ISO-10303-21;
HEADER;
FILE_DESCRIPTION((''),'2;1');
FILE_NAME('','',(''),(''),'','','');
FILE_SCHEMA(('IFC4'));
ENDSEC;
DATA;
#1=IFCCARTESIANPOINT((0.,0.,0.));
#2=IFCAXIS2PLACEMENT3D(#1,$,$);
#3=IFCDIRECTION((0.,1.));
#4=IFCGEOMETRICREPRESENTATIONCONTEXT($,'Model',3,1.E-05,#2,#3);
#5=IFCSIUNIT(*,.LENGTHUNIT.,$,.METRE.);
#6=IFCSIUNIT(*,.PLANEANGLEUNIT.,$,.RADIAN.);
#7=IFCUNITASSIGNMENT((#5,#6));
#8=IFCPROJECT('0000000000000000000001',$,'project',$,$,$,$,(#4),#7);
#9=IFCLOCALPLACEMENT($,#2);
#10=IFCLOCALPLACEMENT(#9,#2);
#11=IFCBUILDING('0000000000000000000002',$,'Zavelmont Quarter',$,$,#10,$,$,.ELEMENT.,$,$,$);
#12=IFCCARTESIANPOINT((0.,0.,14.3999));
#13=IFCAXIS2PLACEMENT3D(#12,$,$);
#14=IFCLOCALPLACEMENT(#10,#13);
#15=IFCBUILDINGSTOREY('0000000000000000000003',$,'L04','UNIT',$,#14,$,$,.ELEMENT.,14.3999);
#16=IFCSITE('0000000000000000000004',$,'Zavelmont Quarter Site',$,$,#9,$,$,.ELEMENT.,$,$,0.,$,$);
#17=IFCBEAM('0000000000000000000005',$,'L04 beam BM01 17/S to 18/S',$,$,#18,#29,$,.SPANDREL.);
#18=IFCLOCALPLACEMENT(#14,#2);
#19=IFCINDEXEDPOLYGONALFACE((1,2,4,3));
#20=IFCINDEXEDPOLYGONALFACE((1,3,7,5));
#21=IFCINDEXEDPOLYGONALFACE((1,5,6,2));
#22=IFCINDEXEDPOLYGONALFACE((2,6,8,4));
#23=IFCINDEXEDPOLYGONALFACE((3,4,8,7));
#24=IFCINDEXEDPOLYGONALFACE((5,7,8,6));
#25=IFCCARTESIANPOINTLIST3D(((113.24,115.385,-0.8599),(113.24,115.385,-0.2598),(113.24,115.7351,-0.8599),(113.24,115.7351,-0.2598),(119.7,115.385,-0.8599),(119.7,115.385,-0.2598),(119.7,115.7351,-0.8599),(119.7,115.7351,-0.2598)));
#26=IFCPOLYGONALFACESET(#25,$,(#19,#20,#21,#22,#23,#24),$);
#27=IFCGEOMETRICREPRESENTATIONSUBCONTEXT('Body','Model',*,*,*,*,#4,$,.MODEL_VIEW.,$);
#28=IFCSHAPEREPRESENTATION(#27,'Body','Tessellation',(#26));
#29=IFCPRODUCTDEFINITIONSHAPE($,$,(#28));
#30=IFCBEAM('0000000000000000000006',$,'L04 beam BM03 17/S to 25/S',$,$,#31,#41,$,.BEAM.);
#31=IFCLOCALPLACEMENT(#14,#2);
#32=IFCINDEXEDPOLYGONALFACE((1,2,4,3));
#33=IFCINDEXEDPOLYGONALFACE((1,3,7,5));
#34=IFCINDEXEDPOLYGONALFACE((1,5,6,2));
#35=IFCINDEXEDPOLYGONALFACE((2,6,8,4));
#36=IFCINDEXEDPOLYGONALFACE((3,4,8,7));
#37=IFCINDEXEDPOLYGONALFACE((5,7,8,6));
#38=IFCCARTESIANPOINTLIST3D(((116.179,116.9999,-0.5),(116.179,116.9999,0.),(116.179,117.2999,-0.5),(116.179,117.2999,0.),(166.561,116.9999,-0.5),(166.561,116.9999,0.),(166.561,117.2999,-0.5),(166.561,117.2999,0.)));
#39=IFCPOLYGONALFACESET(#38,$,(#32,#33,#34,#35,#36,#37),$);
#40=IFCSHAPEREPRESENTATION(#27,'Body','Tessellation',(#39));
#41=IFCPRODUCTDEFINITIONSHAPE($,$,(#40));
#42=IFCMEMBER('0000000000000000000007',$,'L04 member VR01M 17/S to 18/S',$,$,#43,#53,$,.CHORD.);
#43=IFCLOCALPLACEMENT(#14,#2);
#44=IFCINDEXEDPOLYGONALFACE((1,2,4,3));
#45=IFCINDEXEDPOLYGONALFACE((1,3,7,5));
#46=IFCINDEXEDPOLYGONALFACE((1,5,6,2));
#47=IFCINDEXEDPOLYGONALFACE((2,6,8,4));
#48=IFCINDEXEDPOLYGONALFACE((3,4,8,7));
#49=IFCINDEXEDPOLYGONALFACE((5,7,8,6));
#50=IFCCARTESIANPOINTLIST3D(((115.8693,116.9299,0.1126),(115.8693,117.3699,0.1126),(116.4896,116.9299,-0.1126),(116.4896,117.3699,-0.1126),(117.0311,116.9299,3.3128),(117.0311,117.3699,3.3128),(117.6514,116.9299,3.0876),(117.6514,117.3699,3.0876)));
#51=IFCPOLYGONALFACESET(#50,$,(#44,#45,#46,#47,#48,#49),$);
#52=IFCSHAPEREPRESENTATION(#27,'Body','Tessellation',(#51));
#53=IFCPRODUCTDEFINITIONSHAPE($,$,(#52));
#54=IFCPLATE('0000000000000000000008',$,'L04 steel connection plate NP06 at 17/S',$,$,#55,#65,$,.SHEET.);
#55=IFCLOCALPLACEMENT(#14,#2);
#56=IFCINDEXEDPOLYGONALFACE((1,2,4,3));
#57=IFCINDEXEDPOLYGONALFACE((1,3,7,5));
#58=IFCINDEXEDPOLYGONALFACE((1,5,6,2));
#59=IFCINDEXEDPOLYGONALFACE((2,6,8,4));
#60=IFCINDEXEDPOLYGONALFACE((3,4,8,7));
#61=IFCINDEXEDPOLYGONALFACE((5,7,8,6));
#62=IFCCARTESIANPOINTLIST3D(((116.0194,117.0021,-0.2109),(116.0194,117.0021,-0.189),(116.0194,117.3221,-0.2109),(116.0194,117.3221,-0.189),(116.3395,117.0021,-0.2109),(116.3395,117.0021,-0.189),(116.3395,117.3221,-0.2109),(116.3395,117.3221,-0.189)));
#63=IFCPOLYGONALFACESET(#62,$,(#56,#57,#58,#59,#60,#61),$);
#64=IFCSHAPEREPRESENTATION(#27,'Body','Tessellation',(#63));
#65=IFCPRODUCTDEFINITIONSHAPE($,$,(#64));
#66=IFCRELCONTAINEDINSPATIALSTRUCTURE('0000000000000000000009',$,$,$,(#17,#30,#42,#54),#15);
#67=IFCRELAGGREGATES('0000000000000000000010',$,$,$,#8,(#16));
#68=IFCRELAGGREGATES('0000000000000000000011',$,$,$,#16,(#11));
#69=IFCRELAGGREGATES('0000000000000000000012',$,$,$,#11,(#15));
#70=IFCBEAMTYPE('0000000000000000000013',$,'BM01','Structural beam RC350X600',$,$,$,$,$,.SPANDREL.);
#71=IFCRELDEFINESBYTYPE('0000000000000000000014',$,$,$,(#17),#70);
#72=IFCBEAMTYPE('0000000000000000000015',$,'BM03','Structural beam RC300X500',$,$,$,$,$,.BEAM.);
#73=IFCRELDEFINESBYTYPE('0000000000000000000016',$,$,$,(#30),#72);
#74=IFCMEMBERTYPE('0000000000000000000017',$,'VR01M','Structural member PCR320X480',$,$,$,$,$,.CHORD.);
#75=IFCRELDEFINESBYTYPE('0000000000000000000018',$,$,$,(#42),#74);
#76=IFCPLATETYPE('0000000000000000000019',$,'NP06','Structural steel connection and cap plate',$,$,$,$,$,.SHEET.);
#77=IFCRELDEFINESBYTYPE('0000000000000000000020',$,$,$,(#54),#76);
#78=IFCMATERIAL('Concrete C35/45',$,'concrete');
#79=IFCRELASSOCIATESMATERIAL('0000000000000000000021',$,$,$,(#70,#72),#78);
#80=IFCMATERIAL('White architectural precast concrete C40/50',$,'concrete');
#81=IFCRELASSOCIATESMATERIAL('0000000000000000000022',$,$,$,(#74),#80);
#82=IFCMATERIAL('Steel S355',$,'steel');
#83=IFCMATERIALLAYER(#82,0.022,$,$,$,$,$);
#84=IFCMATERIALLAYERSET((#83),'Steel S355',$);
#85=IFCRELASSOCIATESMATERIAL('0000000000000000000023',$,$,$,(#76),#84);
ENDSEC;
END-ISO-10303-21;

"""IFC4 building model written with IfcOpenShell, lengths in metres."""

from ifc_helpers import new_model, si_unit, direction, frame, origin, origin_2d, place, context, subcontext, project, spatial, rectangle, extrude, material, layer, layer_set, material_profile, profile_set, type_object, element, save


model = new_model("IFC4")

# Units and contexts
model_context = context("Model", 3, precision=1e-05, world=origin(), true_north=direction((0.0, 1.0)))
body_context = subcontext(model_context, "Body", "Model", "MODEL_VIEW")
ifc_project = project(units=[si_unit("LENGTHUNIT", "METRE"), si_unit("PLANEANGLEUNIT", "RADIAN")], contexts=[model_context])

# Site, building, storey
site_placement = place(None, origin())
site = spatial("IfcSite", under=ifc_project, at=site_placement, Name="Zavelmont Quarter Site", CompositionType="ELEMENT", RefElevation=0.0)
building_placement = place(site_placement, origin())
building = spatial("IfcBuilding", under=site, at=building_placement, Name="Zavelmont Quarter", CompositionType="ELEMENT")
storey_placement = place(building_placement, frame((0.0, 0.0, 14.3999)))
storey = spatial("IfcBuildingStorey", under=building, at=storey_placement, Name="L04", Description="UNIT", CompositionType="ELEMENT", Elevation=14.3999)

# Beams
ifc_material_1 = material(Name="Concrete C35/45", Category="concrete")
ifc_material_profile_1 = material_profile(ifc_material_1, rectangle(XDim=0.3501, YDim=0.6001, at=origin_2d()), Name="RC350X600")
ifc_profile_set_1 = profile_set([ifc_material_profile_1], Name="Concrete C35/45")
beam_type_1 = type_object("IfcBeamType", Name="BM01", Description="Structural beam RC350X600", PredefinedType="SPANDREL", material=ifc_profile_set_1)
beam_1_placement = place(storey_placement, frame((113.24, 115.5601, -0.5598), z_axis=(1.0, 0.0, 0.0), x_axis=(0.0, 1.0, 0.0)))
element("IfcBeam", 1, at=beam_1_placement, inside=storey, type_object=beam_type_1, Name="L04 beam BM01 17/S to 18/S", PredefinedType="SPANDREL", context=body_context, shape_type="SweptSolid", body=[
    extrude(rectangle(XDim=0.3501, YDim=0.6001, at=origin_2d()), origin(), (0.0, 0.0, 1.0), 6.46),
])
ifc_material_profile_2 = material_profile(ifc_material_1, rectangle(XDim=0.3, YDim=0.5, at=origin_2d()), Name="RC300X500")
ifc_profile_set_2 = profile_set([ifc_material_profile_2], Name="Concrete C35/45")
beam_type_2 = type_object("IfcBeamType", Name="BM03", Description="Structural beam RC300X500", PredefinedType="BEAM", material=ifc_profile_set_2)
beam_2_placement = place(storey_placement, frame((116.179, 117.1499, -0.25), z_axis=(1.0, 0.0, 0.0), x_axis=(0.0, 1.0, 0.0)))
element("IfcBeam", 2, at=beam_2_placement, inside=storey, type_object=beam_type_2, Name="L04 beam BM03 17/S to 25/S", PredefinedType="BEAM", context=body_context, shape_type="SweptSolid", body=[
    extrude(rectangle(XDim=0.3, YDim=0.5, at=origin_2d()), origin(), (0.0, 0.0, 1.0), 50.3821),
])

# Member
ifc_material_2 = material(Name="White architectural precast concrete C40/50", Category="concrete")
ifc_material_profile_3 = material_profile(ifc_material_2, rectangle(XDim=0.4399, YDim=0.6599, at=origin_2d()), Name="PCR320X480")
ifc_profile_set_3 = profile_set([ifc_material_profile_3], Name="White architectural precast concrete C40/50")
member_type = type_object("IfcMemberType", Name="VR01M", Description="Structural member PCR320X480", PredefinedType="CHORD", material=ifc_profile_set_3)
member_placement = place(storey_placement, frame((116.1794, 117.1499, 0.0), z_axis=(0.341265, 0.0, 0.939967), x_axis=(0.0, 1.0, 0.0)))
element("IfcMember", 3, at=member_placement, inside=storey, type_object=member_type, Name="L04 member VR01M 17/S to 18/S", PredefinedType="CHORD", context=body_context, shape_type="SweptSolid", body=[
    extrude(rectangle(XDim=0.4399, YDim=0.6599, at=origin_2d()), origin(), (0.0, 0.0, 1.0), 3.4045),
])

# Plate
ifc_material_3 = material(Name="Steel S355", Category="steel")
ifc_layer_1 = layer(ifc_material_3, 0.022)
ifc_layer_set_1 = layer_set([ifc_layer_1], Name="Steel S355")
plate_type = type_object("IfcPlateType", Name="NP06", Description="Structural steel connection and cap plate", PredefinedType="SHEET", material=ifc_layer_set_1)
plate_placement = place(storey_placement, frame((116.1794, 117.1621, -0.2109), z_axis=(0.0, 0.0, 1.0), x_axis=(1.0, 0.0, 0.0)))
element("IfcPlate", 4, at=plate_placement, inside=storey, type_object=plate_type, Name="L04 steel connection plate NP06 at 17/S", PredefinedType="SHEET", context=body_context, shape_type="SweptSolid", body=[
    extrude(rectangle(XDim=0.3201, YDim=0.3201, at=origin_2d()), origin(), (0.0, 0.0, 1.0), 0.022),
])

save(model, "model.ifc")
